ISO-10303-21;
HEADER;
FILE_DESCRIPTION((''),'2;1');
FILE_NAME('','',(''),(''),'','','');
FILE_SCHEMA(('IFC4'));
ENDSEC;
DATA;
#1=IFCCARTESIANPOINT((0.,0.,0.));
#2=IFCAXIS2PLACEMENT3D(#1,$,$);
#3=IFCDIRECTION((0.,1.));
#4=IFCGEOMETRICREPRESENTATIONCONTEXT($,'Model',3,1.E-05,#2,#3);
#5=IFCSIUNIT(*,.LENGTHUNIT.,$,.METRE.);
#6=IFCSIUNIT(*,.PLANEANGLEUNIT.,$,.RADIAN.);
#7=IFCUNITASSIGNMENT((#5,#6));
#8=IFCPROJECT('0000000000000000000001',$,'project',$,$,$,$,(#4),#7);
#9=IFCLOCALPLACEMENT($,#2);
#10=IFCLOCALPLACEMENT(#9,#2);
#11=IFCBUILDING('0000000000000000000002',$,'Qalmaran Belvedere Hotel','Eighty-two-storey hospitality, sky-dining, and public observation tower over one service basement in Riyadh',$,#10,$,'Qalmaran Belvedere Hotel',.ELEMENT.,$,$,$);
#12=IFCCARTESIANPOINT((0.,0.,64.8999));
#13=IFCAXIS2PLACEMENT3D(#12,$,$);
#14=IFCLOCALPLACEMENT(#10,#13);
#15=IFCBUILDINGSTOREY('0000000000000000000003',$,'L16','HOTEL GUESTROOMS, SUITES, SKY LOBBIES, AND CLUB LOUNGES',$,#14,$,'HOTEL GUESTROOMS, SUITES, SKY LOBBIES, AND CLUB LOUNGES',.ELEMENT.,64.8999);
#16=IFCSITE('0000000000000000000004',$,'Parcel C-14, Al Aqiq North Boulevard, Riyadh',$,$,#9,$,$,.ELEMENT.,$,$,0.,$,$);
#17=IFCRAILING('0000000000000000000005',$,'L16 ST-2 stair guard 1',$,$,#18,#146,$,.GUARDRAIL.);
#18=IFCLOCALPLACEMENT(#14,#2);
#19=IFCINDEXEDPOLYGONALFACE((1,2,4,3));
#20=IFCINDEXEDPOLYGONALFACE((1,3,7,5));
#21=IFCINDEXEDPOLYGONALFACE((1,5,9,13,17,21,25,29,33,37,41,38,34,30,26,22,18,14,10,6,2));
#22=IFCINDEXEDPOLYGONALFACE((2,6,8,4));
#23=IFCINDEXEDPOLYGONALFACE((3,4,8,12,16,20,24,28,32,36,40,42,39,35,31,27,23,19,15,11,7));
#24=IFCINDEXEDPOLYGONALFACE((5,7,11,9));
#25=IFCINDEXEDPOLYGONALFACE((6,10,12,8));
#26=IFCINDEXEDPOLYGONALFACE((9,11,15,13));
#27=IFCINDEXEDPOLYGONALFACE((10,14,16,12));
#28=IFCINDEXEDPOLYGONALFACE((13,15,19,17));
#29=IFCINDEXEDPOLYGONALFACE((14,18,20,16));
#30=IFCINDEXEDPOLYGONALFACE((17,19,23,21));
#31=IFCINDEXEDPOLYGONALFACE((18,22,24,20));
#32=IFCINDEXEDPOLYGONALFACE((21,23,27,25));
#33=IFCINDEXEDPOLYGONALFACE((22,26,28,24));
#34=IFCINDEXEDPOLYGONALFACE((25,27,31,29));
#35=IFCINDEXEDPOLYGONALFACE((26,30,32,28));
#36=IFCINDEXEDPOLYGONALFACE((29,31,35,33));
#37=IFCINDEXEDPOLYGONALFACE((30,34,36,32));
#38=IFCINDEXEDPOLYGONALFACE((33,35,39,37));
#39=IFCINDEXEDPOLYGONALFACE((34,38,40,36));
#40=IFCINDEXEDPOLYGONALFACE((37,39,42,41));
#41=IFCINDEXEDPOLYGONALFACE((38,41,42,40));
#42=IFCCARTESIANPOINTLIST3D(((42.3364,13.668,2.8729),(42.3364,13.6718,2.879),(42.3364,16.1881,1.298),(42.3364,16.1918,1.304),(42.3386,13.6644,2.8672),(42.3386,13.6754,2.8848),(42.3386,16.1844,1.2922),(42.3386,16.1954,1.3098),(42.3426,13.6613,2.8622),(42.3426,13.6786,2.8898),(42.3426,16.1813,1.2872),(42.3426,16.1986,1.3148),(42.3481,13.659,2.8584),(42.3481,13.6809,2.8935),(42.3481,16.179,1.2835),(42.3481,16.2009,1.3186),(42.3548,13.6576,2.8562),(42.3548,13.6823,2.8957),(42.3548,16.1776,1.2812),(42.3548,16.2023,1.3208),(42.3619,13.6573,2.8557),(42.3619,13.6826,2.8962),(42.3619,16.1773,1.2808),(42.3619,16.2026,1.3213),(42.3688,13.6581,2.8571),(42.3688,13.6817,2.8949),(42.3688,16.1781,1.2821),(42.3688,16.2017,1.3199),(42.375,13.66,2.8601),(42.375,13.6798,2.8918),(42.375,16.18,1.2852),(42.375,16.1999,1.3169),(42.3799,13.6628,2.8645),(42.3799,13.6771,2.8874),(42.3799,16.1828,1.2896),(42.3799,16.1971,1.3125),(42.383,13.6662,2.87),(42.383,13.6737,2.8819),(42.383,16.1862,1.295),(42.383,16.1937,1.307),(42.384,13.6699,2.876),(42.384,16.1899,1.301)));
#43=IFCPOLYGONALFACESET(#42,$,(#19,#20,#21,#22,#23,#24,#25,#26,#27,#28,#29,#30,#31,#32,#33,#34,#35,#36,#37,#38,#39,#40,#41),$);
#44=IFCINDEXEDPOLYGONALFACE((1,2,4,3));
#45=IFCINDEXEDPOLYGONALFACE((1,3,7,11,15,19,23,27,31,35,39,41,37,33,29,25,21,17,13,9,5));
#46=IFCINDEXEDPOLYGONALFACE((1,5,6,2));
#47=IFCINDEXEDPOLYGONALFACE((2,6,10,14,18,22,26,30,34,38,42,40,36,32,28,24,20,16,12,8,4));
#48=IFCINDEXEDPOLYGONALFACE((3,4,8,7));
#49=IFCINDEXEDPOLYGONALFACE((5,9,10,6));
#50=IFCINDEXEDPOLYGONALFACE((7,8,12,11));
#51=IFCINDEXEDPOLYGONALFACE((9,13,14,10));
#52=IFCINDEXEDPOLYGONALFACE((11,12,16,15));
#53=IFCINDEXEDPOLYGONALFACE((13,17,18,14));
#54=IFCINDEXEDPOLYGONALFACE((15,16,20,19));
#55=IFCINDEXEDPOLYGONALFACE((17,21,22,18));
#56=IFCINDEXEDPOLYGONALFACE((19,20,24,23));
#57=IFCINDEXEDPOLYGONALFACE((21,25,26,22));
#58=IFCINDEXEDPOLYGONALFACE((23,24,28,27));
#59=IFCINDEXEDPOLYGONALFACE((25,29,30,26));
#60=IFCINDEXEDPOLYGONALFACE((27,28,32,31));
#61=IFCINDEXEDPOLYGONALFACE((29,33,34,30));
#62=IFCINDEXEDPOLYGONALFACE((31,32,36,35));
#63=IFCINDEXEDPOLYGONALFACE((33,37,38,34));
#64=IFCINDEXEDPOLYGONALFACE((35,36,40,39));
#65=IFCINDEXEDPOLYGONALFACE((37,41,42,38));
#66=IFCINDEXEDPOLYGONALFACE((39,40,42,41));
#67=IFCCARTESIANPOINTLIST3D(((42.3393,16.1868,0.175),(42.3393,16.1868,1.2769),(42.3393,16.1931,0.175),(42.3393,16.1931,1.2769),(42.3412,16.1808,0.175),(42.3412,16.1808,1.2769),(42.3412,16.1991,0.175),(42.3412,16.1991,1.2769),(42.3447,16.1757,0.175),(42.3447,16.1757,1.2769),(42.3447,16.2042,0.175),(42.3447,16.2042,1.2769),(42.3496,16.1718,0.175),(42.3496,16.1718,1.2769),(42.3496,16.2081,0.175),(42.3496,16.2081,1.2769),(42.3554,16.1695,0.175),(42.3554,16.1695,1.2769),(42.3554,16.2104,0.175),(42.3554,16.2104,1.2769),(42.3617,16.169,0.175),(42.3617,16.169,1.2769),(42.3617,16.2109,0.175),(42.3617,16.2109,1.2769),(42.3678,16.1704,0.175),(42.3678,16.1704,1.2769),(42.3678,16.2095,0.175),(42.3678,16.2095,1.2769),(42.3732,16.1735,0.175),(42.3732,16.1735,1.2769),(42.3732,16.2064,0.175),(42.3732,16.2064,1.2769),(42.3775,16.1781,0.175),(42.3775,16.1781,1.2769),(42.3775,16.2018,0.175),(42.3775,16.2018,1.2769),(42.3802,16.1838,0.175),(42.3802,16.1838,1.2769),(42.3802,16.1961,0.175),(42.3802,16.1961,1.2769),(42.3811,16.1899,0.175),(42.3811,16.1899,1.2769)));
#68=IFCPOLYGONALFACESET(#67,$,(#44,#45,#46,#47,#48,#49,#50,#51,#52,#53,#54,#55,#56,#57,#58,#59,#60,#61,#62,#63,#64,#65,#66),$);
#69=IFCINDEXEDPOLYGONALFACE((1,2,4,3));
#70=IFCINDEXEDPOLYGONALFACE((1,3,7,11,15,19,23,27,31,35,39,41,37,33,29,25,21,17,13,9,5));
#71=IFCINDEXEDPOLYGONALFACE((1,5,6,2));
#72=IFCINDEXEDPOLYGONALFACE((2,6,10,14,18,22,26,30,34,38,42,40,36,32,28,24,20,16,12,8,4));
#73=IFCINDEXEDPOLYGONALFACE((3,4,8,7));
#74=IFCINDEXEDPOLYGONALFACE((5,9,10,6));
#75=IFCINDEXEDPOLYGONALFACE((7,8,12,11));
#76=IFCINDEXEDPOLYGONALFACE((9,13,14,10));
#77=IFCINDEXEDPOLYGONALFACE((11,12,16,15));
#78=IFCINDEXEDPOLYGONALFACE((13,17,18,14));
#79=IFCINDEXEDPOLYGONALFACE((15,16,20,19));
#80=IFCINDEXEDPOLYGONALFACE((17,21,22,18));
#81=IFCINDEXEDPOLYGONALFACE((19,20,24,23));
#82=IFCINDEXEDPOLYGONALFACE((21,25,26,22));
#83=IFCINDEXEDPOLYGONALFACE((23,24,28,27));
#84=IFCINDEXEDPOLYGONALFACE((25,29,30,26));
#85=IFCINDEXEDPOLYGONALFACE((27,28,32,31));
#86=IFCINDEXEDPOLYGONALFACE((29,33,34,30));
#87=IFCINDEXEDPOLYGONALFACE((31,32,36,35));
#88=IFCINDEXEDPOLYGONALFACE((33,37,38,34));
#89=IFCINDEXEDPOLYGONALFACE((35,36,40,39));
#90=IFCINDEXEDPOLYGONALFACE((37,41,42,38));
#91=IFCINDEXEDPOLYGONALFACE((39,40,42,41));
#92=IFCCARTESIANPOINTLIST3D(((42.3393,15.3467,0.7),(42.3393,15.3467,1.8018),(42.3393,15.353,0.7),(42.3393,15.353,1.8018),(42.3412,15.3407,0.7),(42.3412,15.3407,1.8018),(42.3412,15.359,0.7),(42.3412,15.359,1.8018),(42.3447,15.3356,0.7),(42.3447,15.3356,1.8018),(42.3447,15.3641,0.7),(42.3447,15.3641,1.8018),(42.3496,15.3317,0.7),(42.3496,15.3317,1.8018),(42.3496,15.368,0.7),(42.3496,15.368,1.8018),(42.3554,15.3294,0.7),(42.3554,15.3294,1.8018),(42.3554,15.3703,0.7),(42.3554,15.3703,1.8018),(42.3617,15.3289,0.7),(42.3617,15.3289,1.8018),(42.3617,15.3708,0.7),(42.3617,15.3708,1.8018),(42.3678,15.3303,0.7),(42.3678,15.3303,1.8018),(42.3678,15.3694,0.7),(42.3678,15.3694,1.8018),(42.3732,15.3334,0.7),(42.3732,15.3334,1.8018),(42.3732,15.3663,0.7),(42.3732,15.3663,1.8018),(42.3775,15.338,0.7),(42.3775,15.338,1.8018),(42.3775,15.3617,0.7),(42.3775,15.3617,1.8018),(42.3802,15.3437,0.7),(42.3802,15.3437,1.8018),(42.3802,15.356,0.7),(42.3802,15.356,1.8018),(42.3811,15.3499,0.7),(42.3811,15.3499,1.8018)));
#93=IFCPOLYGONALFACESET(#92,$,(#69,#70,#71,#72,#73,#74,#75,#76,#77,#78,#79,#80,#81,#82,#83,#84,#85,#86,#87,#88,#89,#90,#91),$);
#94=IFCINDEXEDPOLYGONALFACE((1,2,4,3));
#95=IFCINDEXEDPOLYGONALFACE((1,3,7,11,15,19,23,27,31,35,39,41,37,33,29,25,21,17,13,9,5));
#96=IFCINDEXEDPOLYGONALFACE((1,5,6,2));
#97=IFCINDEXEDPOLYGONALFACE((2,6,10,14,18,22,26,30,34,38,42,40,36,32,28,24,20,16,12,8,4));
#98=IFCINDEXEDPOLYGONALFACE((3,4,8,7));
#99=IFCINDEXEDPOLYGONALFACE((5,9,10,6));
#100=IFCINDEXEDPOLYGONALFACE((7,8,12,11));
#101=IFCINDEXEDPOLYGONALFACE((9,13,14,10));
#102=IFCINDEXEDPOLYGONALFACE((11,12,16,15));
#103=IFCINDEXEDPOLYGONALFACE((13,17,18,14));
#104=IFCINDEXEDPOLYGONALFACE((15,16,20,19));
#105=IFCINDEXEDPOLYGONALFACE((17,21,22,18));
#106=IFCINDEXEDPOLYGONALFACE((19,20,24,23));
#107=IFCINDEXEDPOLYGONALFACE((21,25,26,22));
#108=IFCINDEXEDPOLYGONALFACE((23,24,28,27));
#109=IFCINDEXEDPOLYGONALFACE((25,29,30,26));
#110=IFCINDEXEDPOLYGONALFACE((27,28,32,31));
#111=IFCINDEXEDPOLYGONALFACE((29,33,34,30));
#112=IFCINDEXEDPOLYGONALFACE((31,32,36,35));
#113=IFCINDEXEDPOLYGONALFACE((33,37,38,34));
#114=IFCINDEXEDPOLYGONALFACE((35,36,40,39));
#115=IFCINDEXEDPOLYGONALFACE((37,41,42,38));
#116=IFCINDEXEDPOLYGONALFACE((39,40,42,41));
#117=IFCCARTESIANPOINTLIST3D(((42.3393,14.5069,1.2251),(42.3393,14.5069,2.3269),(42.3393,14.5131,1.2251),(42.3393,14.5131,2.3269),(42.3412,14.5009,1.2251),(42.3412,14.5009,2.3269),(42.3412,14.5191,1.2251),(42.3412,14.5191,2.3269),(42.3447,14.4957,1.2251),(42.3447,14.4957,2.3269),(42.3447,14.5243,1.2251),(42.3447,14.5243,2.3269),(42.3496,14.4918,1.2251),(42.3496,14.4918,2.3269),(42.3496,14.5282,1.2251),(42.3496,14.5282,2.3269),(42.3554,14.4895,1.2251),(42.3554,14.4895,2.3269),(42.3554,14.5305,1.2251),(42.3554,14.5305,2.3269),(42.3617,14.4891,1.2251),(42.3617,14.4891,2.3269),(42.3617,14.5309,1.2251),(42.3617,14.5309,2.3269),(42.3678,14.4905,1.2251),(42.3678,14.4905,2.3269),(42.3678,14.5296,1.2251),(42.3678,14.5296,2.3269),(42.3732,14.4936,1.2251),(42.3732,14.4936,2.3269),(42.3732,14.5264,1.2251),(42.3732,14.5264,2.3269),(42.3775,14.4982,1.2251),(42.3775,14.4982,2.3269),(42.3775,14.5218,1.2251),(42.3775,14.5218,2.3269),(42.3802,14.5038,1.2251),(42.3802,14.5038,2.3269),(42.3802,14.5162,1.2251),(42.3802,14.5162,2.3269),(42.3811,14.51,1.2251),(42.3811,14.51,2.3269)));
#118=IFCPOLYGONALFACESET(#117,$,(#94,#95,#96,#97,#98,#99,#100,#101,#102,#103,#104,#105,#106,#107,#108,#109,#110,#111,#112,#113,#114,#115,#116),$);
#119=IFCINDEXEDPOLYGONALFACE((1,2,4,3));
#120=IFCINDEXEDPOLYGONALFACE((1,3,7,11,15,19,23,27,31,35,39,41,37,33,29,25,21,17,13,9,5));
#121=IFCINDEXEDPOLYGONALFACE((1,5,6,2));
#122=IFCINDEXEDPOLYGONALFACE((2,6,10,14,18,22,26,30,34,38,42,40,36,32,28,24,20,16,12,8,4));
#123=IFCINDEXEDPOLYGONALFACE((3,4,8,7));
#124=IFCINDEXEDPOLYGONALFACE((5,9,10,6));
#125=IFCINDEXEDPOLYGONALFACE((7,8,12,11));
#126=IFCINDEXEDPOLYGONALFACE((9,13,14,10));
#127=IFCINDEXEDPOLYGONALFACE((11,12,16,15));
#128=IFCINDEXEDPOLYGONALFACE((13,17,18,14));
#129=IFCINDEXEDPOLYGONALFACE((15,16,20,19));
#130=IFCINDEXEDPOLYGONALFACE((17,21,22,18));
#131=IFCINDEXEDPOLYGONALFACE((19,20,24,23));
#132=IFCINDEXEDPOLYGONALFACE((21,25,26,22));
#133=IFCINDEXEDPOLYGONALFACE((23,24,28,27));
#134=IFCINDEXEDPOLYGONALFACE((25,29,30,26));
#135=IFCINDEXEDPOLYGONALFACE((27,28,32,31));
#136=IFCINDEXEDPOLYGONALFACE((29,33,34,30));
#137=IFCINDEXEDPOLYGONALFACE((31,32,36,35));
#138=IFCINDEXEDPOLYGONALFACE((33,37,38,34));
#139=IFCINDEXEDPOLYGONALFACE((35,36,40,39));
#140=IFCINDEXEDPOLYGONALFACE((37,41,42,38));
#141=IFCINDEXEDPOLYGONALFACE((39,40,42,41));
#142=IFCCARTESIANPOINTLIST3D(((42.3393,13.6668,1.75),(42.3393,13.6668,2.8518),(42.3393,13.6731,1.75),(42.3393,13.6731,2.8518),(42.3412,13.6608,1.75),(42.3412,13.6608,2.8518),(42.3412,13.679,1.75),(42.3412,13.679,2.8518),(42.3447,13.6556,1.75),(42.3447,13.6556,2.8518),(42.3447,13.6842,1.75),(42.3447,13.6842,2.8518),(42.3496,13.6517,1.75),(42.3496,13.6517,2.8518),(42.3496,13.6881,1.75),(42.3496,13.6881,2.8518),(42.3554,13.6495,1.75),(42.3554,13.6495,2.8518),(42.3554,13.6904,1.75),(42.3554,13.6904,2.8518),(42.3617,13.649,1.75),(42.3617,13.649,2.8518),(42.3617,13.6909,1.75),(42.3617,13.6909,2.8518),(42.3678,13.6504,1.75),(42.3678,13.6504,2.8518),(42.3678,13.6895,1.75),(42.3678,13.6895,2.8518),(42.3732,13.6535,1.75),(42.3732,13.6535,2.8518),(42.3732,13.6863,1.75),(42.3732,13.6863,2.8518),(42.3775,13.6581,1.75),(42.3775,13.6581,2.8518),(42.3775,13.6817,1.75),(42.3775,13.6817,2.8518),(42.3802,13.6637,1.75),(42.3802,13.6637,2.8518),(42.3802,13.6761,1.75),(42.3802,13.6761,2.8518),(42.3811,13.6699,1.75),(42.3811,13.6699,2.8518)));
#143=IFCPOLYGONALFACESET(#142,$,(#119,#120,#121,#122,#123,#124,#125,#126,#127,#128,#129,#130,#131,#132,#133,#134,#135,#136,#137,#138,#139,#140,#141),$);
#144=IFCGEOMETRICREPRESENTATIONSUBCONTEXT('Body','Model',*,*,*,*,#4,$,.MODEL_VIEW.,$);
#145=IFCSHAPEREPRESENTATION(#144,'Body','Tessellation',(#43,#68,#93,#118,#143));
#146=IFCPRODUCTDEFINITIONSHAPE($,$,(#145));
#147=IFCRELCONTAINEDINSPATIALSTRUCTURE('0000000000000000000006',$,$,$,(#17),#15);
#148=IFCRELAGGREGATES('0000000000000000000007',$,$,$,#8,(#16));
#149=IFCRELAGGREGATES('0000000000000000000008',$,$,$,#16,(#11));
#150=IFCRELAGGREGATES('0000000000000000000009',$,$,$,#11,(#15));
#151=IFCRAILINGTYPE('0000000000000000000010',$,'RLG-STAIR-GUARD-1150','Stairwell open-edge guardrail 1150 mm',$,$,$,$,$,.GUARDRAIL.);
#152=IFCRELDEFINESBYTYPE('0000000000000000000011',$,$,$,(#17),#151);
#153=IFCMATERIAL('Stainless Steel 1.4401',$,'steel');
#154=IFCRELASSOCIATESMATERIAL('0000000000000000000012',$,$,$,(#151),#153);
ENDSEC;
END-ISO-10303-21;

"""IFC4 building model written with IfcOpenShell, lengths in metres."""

from ifc_helpers import new_model, si_unit, direction, frame, origin, origin_2d, place, context, subcontext, project, spatial, circle, extrude, material, type_object, element, save


model = new_model("IFC4")

# Units and contexts
model_context = context("Model", 3, precision=1e-05, world=origin(), true_north=direction((0.0, 1.0)))
body_context = subcontext(model_context, "Body", "Model", "MODEL_VIEW")
ifc_project = project(units=[si_unit("LENGTHUNIT", "METRE"), si_unit("PLANEANGLEUNIT", "RADIAN")], contexts=[model_context])

# Site, building, storey
site_placement = place(None, origin())
site = spatial("IfcSite", under=ifc_project, at=site_placement, Name="Parcel C-14, Al Aqiq North Boulevard, Riyadh", CompositionType="ELEMENT", RefElevation=0.0)
building_placement = place(site_placement, origin())
building = spatial("IfcBuilding", under=site, at=building_placement, Name="Qalmaran Belvedere Hotel", Description="Eighty-two-storey hospitality, sky-dining, and public observation tower over one service basement in Riyadh", LongName="Qalmaran Belvedere Hotel", CompositionType="ELEMENT")
storey_placement = place(building_placement, frame((0.0, 0.0, 64.8999)))
storey = spatial("IfcBuildingStorey", under=building, at=storey_placement, Name="L16", Description="HOTEL GUESTROOMS, SUITES, SKY LOBBIES, AND CLUB LOUNGES", LongName="HOTEL GUESTROOMS, SUITES, SKY LOBBIES, AND CLUB LOUNGES", CompositionType="ELEMENT", Elevation=64.8999)

# Shared definitions
ifc_material_1 = material(Name="Stainless Steel 1.4401", Category="steel")

# Railing
railing_type_1 = type_object("IfcRailingType", Name="RLG-STAIR-GUARD-1150", Description="Stairwell open-edge guardrail 1150 mm", PredefinedType="GUARDRAIL", material=ifc_material_1)
railing_1_placement = place(storey_placement, frame((42.3601, 16.1899, 0.175)))
element("IfcRailing", 1, at=railing_1_placement, inside=storey, type_object=railing_type_1, Name="L16 ST-2 stair guard 1", PredefinedType="GUARDRAIL", context=body_context, shape_type="SweptSolid", body=[
    extrude(circle(Radius=0.0239, at=origin_2d()), frame((0.0, 0.0, 1.126), z_axis=(0.0, -0.848008, 0.529984), x_axis=(1.0, 0.0, 0.0)), (0.0, 0.0, 1.0), 2.9717),
    extrude(circle(Radius=0.021, at=origin_2d()), origin(), (0.0, 0.0, 1.0), 1.1018),
    extrude(circle(Radius=0.021, at=origin_2d()), frame((0.0, -0.8401, 0.5249)), (0.0, 0.0, 1.0), 1.1018),
    extrude(circle(Radius=0.021, at=origin_2d()), frame((0.0, -1.6799, 1.05)), (0.0, 0.0, 1.0), 1.1018),
    extrude(circle(Radius=0.021, at=origin_2d()), frame((0.0, -2.52, 1.575)), (0.0, 0.0, 1.0), 1.1018),
])

save(model, "model.ifc")
